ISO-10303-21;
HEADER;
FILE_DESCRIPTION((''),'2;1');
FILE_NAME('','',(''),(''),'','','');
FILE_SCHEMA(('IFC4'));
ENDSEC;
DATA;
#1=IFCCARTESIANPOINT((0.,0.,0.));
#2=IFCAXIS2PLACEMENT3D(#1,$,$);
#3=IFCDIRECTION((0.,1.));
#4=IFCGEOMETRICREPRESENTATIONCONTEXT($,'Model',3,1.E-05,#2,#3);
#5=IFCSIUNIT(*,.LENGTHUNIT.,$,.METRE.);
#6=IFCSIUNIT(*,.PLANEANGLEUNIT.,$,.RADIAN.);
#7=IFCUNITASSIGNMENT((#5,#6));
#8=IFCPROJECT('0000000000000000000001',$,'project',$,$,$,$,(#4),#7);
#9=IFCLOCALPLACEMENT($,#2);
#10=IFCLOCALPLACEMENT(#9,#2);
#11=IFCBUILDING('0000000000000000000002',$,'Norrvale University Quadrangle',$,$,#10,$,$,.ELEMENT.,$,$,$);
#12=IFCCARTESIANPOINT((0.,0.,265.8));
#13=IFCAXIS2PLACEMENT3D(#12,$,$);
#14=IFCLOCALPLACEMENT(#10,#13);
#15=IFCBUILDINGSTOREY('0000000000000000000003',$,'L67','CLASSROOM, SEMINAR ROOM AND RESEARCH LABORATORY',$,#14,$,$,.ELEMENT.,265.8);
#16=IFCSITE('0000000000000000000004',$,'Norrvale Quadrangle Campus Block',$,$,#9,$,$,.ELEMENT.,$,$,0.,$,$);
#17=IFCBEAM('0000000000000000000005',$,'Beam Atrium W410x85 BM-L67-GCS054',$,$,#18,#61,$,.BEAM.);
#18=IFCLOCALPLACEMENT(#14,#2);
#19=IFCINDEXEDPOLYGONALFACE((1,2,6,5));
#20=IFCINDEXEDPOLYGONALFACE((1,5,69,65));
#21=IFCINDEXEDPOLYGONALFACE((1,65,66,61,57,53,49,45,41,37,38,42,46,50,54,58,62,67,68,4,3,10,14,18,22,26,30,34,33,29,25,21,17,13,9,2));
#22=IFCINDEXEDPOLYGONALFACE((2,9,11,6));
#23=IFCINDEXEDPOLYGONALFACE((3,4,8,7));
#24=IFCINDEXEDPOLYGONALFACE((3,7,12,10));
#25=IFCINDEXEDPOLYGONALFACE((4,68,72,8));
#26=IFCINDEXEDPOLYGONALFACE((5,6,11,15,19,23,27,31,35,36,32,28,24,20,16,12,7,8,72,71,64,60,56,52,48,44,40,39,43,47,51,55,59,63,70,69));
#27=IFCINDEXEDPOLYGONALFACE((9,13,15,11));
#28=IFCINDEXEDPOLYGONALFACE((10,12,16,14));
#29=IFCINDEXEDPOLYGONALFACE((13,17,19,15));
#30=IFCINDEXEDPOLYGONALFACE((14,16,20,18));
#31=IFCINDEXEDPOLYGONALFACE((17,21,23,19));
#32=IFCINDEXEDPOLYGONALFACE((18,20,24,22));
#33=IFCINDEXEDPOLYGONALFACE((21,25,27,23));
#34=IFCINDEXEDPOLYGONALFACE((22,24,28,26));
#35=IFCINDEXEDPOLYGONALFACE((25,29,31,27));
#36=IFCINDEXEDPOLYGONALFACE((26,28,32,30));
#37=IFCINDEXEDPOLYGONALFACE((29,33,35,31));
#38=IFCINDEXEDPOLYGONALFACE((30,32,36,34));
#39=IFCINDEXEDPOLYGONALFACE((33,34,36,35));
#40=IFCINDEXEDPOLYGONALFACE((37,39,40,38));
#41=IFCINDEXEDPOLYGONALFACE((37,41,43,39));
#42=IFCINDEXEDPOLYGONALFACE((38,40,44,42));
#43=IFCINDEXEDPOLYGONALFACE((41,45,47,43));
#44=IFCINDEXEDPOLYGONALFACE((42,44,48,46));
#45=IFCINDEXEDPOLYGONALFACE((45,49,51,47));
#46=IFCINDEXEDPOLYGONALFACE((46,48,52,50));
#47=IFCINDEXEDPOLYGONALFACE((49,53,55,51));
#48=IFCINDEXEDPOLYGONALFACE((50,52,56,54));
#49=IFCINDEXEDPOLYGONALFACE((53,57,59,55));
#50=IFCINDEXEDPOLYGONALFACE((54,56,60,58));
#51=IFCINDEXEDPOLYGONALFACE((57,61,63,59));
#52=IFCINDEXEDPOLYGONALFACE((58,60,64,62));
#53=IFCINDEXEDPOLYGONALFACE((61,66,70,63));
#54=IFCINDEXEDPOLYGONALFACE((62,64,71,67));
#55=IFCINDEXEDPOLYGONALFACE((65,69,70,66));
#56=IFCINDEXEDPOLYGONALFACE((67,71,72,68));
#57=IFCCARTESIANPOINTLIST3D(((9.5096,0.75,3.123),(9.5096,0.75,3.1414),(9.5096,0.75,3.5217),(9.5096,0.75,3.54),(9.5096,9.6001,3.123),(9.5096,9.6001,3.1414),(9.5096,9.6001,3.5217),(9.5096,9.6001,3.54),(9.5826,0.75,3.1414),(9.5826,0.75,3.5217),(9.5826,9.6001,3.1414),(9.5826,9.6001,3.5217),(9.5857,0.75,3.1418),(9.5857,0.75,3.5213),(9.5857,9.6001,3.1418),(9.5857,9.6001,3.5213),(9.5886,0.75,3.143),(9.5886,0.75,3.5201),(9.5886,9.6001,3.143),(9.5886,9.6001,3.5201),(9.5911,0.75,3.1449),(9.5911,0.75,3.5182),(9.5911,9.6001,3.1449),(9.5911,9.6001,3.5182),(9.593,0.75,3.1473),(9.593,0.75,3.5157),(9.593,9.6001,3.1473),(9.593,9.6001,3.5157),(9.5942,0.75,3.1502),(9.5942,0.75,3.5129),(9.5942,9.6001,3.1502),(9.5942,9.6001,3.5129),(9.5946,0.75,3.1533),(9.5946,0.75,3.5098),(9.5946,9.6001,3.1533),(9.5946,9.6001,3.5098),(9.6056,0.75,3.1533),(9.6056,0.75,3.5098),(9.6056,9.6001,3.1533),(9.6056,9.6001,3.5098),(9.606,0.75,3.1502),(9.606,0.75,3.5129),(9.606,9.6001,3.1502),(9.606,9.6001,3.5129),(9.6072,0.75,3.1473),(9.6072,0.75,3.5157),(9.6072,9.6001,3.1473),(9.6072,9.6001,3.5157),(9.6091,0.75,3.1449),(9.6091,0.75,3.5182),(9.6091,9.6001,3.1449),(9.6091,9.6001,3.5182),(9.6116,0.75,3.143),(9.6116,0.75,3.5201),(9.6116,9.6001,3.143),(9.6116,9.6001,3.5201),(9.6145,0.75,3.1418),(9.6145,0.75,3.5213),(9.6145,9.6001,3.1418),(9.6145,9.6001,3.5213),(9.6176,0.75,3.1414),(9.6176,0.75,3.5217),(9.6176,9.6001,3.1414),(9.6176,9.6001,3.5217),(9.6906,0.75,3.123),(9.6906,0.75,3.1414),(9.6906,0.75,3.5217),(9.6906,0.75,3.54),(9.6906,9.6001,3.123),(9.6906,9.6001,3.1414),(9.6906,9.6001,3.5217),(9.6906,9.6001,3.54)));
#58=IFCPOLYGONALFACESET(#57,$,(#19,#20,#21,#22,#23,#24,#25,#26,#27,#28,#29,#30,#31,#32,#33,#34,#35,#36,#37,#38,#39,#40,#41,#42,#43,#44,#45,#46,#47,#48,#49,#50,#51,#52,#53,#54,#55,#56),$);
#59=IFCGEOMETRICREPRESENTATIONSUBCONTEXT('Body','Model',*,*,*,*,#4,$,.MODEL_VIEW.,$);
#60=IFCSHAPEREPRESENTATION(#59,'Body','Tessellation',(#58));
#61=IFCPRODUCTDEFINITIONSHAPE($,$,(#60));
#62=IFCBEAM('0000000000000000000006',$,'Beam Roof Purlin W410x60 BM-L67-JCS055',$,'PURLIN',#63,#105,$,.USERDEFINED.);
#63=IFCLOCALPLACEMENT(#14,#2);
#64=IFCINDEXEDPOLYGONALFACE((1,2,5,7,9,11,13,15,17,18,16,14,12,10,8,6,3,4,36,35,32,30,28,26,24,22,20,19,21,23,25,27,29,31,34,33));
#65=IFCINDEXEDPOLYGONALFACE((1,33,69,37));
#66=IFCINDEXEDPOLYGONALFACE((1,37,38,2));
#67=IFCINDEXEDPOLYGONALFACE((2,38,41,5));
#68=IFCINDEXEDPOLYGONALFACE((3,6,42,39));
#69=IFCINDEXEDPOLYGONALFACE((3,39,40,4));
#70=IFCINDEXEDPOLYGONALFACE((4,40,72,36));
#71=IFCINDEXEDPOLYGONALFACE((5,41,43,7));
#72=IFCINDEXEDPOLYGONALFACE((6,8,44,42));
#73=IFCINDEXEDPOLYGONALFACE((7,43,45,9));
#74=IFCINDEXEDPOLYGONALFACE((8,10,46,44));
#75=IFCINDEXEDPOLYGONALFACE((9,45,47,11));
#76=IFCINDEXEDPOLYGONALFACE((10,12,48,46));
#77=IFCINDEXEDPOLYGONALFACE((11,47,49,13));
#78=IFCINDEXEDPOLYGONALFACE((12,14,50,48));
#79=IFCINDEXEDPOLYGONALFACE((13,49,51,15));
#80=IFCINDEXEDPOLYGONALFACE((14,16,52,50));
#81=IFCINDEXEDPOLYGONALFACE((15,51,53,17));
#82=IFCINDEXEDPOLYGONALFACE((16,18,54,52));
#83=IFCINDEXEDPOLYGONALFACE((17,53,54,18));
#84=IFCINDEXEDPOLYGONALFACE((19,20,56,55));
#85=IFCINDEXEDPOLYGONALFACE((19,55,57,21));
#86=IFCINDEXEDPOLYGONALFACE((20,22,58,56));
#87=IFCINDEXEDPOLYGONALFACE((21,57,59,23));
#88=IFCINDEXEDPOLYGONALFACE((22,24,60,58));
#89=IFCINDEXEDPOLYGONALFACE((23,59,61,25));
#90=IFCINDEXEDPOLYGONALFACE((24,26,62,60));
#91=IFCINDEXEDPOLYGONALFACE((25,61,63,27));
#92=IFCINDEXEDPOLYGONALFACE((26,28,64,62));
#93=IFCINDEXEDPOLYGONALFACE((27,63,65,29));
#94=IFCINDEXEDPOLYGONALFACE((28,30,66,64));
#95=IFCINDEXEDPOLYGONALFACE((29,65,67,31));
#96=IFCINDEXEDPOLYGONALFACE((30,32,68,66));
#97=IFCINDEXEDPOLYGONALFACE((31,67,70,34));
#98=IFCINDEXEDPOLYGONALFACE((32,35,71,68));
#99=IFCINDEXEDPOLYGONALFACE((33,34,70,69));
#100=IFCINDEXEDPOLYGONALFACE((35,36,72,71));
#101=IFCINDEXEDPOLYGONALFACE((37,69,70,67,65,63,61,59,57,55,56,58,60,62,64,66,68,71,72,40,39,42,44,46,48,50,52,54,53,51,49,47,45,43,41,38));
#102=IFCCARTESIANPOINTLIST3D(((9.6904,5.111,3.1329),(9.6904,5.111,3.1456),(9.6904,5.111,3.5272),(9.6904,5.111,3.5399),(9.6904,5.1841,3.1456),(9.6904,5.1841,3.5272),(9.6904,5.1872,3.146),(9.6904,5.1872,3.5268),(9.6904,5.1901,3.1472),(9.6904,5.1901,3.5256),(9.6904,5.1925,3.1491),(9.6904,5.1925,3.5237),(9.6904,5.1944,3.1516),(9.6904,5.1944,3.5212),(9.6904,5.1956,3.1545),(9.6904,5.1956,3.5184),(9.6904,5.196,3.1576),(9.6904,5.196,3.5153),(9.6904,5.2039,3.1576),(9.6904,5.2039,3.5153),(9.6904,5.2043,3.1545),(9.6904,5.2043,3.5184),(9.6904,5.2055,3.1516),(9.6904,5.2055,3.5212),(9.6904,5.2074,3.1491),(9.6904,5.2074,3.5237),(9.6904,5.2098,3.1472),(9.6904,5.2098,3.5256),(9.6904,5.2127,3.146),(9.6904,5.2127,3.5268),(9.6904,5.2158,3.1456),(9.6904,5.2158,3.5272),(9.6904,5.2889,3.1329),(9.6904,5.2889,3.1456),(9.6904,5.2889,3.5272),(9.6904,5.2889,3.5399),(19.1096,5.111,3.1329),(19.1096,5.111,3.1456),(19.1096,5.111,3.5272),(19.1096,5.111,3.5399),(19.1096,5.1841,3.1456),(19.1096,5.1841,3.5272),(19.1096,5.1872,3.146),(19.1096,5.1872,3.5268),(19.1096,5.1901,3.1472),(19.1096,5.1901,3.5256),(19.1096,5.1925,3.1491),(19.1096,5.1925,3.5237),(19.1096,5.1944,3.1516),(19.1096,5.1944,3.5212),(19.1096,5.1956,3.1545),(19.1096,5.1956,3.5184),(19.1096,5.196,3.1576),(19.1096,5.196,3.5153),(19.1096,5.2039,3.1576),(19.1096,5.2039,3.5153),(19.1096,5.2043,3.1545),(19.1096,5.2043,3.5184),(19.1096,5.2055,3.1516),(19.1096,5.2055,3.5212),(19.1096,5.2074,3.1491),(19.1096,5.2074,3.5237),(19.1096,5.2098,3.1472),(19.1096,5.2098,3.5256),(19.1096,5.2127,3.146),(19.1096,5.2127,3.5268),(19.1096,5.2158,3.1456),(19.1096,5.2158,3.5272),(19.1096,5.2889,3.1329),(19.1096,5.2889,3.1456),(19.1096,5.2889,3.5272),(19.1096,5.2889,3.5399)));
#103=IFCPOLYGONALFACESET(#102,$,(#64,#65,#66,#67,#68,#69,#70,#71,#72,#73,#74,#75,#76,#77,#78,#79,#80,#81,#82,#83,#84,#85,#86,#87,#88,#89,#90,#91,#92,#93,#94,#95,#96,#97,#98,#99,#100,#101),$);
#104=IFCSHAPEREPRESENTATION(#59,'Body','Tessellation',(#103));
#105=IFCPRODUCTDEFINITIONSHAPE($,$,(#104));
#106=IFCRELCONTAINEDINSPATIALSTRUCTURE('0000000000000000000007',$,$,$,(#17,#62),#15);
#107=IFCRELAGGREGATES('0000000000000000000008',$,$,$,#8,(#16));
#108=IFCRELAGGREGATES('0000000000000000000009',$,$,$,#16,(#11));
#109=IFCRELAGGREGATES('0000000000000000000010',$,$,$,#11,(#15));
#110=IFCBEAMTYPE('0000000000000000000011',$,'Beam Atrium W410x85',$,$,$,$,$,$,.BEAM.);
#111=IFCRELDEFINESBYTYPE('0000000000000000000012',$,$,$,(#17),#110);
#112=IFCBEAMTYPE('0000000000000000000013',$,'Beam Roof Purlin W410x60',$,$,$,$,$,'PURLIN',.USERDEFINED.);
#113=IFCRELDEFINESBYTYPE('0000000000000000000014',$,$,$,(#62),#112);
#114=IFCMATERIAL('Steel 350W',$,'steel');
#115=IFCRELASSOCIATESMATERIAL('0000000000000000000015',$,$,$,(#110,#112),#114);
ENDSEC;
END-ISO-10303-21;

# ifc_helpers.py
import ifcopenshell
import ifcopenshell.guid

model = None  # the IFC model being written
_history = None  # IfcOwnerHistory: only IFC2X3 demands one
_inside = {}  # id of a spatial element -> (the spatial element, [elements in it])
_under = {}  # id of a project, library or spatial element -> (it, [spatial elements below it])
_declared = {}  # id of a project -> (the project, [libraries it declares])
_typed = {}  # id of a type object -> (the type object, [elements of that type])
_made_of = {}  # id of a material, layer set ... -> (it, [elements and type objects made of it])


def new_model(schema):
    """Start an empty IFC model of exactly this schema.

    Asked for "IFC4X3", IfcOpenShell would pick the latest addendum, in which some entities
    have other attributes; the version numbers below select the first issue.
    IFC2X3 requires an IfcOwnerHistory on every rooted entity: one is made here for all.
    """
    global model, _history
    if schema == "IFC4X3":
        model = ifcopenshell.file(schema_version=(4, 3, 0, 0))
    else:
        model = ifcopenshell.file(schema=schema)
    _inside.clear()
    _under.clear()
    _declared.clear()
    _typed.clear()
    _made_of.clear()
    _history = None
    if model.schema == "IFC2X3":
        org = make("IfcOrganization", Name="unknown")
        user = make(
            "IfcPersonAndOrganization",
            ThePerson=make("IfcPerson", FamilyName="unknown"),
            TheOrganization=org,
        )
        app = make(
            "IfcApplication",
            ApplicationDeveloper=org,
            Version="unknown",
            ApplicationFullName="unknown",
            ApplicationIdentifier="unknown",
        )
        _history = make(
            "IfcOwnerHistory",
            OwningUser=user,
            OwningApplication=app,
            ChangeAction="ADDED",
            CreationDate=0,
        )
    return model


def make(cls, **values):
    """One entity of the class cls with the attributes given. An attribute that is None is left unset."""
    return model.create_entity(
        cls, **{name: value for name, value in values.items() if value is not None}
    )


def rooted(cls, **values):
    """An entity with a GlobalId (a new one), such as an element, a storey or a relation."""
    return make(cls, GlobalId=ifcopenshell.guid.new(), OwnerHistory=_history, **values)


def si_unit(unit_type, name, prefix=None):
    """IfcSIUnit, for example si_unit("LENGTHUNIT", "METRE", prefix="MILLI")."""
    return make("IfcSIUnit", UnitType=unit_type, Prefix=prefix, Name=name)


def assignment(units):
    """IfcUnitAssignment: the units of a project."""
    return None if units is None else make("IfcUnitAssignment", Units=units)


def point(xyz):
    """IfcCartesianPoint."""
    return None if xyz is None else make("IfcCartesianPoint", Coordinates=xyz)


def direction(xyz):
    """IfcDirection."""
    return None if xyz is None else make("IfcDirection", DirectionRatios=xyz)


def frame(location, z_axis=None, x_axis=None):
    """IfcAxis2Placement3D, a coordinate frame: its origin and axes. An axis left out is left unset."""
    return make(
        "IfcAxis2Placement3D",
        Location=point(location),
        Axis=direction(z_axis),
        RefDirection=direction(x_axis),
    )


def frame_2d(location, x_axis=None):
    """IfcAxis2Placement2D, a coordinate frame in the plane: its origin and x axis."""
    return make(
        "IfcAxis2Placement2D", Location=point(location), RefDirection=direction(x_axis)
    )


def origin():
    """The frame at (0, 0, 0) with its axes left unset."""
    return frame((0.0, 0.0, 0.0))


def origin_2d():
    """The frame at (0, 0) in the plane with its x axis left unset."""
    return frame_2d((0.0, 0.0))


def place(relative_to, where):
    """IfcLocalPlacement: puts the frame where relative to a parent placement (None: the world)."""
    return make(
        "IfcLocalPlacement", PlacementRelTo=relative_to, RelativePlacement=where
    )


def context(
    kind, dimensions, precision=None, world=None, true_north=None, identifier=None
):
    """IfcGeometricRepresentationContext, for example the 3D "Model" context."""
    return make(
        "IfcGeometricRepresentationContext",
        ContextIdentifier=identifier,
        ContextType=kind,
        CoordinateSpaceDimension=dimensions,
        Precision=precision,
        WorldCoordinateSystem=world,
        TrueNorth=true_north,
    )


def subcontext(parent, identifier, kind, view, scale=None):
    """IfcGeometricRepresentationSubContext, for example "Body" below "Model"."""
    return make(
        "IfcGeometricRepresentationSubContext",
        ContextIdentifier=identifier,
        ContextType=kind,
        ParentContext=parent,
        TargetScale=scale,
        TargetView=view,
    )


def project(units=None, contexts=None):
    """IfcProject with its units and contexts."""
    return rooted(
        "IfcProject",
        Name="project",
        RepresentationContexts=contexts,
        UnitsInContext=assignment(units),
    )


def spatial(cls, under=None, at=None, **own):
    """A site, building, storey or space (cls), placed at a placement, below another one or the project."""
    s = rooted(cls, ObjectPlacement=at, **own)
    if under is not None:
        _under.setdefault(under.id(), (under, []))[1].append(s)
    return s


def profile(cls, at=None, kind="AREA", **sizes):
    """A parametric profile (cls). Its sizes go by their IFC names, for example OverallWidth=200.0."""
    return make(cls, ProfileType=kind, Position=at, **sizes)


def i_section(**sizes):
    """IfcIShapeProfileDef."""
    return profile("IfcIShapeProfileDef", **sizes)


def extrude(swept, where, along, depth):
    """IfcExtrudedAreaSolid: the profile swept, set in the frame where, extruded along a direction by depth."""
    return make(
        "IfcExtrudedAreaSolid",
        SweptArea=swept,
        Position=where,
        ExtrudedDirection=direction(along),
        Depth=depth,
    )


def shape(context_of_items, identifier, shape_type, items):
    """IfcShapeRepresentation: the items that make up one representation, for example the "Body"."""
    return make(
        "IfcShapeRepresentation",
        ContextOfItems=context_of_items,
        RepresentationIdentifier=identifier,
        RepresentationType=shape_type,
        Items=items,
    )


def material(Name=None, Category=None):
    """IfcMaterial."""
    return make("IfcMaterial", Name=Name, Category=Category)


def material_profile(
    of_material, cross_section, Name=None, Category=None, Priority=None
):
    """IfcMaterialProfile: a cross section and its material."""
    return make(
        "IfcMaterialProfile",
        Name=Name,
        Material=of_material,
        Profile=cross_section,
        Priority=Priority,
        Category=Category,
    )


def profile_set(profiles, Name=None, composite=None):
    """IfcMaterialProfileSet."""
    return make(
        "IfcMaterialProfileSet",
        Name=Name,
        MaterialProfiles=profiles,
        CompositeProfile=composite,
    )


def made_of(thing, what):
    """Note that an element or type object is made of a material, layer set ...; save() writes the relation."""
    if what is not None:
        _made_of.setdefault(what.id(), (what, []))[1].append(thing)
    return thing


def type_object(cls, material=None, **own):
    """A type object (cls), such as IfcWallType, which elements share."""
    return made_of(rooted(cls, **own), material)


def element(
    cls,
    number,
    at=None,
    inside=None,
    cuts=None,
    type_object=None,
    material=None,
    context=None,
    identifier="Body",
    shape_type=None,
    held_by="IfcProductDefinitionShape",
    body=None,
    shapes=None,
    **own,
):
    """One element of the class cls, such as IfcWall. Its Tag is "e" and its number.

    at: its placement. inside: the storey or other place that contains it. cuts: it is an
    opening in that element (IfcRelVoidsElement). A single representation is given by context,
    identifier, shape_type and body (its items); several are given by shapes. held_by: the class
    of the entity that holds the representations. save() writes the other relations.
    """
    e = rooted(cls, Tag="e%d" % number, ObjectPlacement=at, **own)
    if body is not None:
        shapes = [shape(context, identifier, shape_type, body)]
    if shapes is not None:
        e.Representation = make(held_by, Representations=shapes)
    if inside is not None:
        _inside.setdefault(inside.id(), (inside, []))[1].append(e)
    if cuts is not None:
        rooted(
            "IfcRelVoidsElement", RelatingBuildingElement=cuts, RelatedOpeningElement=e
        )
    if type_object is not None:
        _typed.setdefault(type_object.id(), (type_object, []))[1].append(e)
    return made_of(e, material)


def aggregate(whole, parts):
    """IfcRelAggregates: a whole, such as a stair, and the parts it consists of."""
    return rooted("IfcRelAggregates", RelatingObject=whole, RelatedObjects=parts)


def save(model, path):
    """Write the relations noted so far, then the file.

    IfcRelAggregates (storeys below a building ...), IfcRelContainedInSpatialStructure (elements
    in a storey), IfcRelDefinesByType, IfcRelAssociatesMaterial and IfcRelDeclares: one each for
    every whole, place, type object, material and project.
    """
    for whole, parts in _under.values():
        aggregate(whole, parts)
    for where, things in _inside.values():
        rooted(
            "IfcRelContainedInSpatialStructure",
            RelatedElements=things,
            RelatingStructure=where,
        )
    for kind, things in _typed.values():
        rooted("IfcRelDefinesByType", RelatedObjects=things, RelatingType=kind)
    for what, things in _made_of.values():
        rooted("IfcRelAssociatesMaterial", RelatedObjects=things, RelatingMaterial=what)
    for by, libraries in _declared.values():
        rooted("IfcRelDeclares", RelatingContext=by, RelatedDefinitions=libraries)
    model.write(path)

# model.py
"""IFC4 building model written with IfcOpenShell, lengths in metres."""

from ifc_helpers import new_model, si_unit, direction, frame, origin, origin_2d, place, context, subcontext, project, spatial, i_section, extrude, material, material_profile, profile_set, type_object, element, save


model = new_model("IFC4")

# Units and contexts
model_context = context("Model", 3, precision=1e-05, world=origin(), true_north=direction((0.0, 1.0)))
body_context = subcontext(model_context, "Body", "Model", "MODEL_VIEW")
ifc_project = project(units=[si_unit("LENGTHUNIT", "METRE"), si_unit("PLANEANGLEUNIT", "RADIAN")], contexts=[model_context])

# Site, building, storey
site_placement = place(None, origin())
site = spatial("IfcSite", under=ifc_project, at=site_placement, Name="Norrvale Quadrangle Campus Block", CompositionType="ELEMENT", RefElevation=0.0)
building_placement = place(site_placement, origin())
building = spatial("IfcBuilding", under=site, at=building_placement, Name="Norrvale University Quadrangle", CompositionType="ELEMENT")
storey_placement = place(building_placement, frame((0.0, 0.0, 265.8)))
storey = spatial("IfcBuildingStorey", under=building, at=storey_placement, Name="L67", Description="CLASSROOM, SEMINAR ROOM AND RESEARCH LABORATORY", CompositionType="ELEMENT", Elevation=265.8)

# Beams
ifc_material_1 = material(Name="Steel 350W", Category="steel")
ifc_material_profile_1 = material_profile(ifc_material_1, i_section(OverallWidth=0.1809, OverallDepth=0.417, WebThickness=0.011, FlangeThickness=0.0183, FilletRadius=0.012, at=origin_2d()), Name="Steel 350W")
ifc_profile_set_1 = profile_set([ifc_material_profile_1], Name="Steel 350W")
beam_type_1 = type_object("IfcBeamType", Name="Beam Atrium W410x85", PredefinedType="BEAM", material=ifc_profile_set_1)
beam_1_placement = place(storey_placement, frame((9.6001, 0.75, 3.3315), z_axis=(0.0, 1.0, 0.0), x_axis=(-1.0, 0.0, 0.0)))
element("IfcBeam", 1, at=beam_1_placement, inside=storey, type_object=beam_type_1, Name="Beam Atrium W410x85 BM-L67-GCS054", PredefinedType="BEAM", context=body_context, shape_type="SweptSolid", body=[
    extrude(i_section(OverallWidth=0.1809, OverallDepth=0.417, WebThickness=0.011, FlangeThickness=0.0183, FilletRadius=0.012, at=origin_2d()), origin(), (0.0, 0.0, 1.0), 8.8501),
])
ifc_material_profile_2 = material_profile(ifc_material_1, i_section(OverallWidth=0.178, OverallDepth=0.407, WebThickness=0.0078, FlangeThickness=0.0127, FilletRadius=0.012, at=origin_2d()), Name="Steel 350W")
ifc_profile_set_2 = profile_set([ifc_material_profile_2], Name="Steel 350W")
beam_type_2 = type_object("IfcBeamType", Name="Beam Roof Purlin W410x60", ElementType="PURLIN", PredefinedType="USERDEFINED", material=ifc_profile_set_2)
beam_2_placement = place(storey_placement, frame((9.6904, 5.2, 3.3364), z_axis=(1.0, 0.0, 0.0), x_axis=(0.0, 1.0, 0.0)))
element("IfcBeam", 2, at=beam_2_placement, inside=storey, type_object=beam_type_2, Name="Beam Roof Purlin W410x60 BM-L67-JCS055", ObjectType="PURLIN", PredefinedType="USERDEFINED", context=body_context, shape_type="SweptSolid", body=[
    extrude(i_section(OverallWidth=0.178, OverallDepth=0.407, WebThickness=0.0078, FlangeThickness=0.0127, FilletRadius=0.012, at=origin_2d()), origin(), (0.0, 0.0, 1.0), 9.4192),
])

save(model, "model.ifc")
